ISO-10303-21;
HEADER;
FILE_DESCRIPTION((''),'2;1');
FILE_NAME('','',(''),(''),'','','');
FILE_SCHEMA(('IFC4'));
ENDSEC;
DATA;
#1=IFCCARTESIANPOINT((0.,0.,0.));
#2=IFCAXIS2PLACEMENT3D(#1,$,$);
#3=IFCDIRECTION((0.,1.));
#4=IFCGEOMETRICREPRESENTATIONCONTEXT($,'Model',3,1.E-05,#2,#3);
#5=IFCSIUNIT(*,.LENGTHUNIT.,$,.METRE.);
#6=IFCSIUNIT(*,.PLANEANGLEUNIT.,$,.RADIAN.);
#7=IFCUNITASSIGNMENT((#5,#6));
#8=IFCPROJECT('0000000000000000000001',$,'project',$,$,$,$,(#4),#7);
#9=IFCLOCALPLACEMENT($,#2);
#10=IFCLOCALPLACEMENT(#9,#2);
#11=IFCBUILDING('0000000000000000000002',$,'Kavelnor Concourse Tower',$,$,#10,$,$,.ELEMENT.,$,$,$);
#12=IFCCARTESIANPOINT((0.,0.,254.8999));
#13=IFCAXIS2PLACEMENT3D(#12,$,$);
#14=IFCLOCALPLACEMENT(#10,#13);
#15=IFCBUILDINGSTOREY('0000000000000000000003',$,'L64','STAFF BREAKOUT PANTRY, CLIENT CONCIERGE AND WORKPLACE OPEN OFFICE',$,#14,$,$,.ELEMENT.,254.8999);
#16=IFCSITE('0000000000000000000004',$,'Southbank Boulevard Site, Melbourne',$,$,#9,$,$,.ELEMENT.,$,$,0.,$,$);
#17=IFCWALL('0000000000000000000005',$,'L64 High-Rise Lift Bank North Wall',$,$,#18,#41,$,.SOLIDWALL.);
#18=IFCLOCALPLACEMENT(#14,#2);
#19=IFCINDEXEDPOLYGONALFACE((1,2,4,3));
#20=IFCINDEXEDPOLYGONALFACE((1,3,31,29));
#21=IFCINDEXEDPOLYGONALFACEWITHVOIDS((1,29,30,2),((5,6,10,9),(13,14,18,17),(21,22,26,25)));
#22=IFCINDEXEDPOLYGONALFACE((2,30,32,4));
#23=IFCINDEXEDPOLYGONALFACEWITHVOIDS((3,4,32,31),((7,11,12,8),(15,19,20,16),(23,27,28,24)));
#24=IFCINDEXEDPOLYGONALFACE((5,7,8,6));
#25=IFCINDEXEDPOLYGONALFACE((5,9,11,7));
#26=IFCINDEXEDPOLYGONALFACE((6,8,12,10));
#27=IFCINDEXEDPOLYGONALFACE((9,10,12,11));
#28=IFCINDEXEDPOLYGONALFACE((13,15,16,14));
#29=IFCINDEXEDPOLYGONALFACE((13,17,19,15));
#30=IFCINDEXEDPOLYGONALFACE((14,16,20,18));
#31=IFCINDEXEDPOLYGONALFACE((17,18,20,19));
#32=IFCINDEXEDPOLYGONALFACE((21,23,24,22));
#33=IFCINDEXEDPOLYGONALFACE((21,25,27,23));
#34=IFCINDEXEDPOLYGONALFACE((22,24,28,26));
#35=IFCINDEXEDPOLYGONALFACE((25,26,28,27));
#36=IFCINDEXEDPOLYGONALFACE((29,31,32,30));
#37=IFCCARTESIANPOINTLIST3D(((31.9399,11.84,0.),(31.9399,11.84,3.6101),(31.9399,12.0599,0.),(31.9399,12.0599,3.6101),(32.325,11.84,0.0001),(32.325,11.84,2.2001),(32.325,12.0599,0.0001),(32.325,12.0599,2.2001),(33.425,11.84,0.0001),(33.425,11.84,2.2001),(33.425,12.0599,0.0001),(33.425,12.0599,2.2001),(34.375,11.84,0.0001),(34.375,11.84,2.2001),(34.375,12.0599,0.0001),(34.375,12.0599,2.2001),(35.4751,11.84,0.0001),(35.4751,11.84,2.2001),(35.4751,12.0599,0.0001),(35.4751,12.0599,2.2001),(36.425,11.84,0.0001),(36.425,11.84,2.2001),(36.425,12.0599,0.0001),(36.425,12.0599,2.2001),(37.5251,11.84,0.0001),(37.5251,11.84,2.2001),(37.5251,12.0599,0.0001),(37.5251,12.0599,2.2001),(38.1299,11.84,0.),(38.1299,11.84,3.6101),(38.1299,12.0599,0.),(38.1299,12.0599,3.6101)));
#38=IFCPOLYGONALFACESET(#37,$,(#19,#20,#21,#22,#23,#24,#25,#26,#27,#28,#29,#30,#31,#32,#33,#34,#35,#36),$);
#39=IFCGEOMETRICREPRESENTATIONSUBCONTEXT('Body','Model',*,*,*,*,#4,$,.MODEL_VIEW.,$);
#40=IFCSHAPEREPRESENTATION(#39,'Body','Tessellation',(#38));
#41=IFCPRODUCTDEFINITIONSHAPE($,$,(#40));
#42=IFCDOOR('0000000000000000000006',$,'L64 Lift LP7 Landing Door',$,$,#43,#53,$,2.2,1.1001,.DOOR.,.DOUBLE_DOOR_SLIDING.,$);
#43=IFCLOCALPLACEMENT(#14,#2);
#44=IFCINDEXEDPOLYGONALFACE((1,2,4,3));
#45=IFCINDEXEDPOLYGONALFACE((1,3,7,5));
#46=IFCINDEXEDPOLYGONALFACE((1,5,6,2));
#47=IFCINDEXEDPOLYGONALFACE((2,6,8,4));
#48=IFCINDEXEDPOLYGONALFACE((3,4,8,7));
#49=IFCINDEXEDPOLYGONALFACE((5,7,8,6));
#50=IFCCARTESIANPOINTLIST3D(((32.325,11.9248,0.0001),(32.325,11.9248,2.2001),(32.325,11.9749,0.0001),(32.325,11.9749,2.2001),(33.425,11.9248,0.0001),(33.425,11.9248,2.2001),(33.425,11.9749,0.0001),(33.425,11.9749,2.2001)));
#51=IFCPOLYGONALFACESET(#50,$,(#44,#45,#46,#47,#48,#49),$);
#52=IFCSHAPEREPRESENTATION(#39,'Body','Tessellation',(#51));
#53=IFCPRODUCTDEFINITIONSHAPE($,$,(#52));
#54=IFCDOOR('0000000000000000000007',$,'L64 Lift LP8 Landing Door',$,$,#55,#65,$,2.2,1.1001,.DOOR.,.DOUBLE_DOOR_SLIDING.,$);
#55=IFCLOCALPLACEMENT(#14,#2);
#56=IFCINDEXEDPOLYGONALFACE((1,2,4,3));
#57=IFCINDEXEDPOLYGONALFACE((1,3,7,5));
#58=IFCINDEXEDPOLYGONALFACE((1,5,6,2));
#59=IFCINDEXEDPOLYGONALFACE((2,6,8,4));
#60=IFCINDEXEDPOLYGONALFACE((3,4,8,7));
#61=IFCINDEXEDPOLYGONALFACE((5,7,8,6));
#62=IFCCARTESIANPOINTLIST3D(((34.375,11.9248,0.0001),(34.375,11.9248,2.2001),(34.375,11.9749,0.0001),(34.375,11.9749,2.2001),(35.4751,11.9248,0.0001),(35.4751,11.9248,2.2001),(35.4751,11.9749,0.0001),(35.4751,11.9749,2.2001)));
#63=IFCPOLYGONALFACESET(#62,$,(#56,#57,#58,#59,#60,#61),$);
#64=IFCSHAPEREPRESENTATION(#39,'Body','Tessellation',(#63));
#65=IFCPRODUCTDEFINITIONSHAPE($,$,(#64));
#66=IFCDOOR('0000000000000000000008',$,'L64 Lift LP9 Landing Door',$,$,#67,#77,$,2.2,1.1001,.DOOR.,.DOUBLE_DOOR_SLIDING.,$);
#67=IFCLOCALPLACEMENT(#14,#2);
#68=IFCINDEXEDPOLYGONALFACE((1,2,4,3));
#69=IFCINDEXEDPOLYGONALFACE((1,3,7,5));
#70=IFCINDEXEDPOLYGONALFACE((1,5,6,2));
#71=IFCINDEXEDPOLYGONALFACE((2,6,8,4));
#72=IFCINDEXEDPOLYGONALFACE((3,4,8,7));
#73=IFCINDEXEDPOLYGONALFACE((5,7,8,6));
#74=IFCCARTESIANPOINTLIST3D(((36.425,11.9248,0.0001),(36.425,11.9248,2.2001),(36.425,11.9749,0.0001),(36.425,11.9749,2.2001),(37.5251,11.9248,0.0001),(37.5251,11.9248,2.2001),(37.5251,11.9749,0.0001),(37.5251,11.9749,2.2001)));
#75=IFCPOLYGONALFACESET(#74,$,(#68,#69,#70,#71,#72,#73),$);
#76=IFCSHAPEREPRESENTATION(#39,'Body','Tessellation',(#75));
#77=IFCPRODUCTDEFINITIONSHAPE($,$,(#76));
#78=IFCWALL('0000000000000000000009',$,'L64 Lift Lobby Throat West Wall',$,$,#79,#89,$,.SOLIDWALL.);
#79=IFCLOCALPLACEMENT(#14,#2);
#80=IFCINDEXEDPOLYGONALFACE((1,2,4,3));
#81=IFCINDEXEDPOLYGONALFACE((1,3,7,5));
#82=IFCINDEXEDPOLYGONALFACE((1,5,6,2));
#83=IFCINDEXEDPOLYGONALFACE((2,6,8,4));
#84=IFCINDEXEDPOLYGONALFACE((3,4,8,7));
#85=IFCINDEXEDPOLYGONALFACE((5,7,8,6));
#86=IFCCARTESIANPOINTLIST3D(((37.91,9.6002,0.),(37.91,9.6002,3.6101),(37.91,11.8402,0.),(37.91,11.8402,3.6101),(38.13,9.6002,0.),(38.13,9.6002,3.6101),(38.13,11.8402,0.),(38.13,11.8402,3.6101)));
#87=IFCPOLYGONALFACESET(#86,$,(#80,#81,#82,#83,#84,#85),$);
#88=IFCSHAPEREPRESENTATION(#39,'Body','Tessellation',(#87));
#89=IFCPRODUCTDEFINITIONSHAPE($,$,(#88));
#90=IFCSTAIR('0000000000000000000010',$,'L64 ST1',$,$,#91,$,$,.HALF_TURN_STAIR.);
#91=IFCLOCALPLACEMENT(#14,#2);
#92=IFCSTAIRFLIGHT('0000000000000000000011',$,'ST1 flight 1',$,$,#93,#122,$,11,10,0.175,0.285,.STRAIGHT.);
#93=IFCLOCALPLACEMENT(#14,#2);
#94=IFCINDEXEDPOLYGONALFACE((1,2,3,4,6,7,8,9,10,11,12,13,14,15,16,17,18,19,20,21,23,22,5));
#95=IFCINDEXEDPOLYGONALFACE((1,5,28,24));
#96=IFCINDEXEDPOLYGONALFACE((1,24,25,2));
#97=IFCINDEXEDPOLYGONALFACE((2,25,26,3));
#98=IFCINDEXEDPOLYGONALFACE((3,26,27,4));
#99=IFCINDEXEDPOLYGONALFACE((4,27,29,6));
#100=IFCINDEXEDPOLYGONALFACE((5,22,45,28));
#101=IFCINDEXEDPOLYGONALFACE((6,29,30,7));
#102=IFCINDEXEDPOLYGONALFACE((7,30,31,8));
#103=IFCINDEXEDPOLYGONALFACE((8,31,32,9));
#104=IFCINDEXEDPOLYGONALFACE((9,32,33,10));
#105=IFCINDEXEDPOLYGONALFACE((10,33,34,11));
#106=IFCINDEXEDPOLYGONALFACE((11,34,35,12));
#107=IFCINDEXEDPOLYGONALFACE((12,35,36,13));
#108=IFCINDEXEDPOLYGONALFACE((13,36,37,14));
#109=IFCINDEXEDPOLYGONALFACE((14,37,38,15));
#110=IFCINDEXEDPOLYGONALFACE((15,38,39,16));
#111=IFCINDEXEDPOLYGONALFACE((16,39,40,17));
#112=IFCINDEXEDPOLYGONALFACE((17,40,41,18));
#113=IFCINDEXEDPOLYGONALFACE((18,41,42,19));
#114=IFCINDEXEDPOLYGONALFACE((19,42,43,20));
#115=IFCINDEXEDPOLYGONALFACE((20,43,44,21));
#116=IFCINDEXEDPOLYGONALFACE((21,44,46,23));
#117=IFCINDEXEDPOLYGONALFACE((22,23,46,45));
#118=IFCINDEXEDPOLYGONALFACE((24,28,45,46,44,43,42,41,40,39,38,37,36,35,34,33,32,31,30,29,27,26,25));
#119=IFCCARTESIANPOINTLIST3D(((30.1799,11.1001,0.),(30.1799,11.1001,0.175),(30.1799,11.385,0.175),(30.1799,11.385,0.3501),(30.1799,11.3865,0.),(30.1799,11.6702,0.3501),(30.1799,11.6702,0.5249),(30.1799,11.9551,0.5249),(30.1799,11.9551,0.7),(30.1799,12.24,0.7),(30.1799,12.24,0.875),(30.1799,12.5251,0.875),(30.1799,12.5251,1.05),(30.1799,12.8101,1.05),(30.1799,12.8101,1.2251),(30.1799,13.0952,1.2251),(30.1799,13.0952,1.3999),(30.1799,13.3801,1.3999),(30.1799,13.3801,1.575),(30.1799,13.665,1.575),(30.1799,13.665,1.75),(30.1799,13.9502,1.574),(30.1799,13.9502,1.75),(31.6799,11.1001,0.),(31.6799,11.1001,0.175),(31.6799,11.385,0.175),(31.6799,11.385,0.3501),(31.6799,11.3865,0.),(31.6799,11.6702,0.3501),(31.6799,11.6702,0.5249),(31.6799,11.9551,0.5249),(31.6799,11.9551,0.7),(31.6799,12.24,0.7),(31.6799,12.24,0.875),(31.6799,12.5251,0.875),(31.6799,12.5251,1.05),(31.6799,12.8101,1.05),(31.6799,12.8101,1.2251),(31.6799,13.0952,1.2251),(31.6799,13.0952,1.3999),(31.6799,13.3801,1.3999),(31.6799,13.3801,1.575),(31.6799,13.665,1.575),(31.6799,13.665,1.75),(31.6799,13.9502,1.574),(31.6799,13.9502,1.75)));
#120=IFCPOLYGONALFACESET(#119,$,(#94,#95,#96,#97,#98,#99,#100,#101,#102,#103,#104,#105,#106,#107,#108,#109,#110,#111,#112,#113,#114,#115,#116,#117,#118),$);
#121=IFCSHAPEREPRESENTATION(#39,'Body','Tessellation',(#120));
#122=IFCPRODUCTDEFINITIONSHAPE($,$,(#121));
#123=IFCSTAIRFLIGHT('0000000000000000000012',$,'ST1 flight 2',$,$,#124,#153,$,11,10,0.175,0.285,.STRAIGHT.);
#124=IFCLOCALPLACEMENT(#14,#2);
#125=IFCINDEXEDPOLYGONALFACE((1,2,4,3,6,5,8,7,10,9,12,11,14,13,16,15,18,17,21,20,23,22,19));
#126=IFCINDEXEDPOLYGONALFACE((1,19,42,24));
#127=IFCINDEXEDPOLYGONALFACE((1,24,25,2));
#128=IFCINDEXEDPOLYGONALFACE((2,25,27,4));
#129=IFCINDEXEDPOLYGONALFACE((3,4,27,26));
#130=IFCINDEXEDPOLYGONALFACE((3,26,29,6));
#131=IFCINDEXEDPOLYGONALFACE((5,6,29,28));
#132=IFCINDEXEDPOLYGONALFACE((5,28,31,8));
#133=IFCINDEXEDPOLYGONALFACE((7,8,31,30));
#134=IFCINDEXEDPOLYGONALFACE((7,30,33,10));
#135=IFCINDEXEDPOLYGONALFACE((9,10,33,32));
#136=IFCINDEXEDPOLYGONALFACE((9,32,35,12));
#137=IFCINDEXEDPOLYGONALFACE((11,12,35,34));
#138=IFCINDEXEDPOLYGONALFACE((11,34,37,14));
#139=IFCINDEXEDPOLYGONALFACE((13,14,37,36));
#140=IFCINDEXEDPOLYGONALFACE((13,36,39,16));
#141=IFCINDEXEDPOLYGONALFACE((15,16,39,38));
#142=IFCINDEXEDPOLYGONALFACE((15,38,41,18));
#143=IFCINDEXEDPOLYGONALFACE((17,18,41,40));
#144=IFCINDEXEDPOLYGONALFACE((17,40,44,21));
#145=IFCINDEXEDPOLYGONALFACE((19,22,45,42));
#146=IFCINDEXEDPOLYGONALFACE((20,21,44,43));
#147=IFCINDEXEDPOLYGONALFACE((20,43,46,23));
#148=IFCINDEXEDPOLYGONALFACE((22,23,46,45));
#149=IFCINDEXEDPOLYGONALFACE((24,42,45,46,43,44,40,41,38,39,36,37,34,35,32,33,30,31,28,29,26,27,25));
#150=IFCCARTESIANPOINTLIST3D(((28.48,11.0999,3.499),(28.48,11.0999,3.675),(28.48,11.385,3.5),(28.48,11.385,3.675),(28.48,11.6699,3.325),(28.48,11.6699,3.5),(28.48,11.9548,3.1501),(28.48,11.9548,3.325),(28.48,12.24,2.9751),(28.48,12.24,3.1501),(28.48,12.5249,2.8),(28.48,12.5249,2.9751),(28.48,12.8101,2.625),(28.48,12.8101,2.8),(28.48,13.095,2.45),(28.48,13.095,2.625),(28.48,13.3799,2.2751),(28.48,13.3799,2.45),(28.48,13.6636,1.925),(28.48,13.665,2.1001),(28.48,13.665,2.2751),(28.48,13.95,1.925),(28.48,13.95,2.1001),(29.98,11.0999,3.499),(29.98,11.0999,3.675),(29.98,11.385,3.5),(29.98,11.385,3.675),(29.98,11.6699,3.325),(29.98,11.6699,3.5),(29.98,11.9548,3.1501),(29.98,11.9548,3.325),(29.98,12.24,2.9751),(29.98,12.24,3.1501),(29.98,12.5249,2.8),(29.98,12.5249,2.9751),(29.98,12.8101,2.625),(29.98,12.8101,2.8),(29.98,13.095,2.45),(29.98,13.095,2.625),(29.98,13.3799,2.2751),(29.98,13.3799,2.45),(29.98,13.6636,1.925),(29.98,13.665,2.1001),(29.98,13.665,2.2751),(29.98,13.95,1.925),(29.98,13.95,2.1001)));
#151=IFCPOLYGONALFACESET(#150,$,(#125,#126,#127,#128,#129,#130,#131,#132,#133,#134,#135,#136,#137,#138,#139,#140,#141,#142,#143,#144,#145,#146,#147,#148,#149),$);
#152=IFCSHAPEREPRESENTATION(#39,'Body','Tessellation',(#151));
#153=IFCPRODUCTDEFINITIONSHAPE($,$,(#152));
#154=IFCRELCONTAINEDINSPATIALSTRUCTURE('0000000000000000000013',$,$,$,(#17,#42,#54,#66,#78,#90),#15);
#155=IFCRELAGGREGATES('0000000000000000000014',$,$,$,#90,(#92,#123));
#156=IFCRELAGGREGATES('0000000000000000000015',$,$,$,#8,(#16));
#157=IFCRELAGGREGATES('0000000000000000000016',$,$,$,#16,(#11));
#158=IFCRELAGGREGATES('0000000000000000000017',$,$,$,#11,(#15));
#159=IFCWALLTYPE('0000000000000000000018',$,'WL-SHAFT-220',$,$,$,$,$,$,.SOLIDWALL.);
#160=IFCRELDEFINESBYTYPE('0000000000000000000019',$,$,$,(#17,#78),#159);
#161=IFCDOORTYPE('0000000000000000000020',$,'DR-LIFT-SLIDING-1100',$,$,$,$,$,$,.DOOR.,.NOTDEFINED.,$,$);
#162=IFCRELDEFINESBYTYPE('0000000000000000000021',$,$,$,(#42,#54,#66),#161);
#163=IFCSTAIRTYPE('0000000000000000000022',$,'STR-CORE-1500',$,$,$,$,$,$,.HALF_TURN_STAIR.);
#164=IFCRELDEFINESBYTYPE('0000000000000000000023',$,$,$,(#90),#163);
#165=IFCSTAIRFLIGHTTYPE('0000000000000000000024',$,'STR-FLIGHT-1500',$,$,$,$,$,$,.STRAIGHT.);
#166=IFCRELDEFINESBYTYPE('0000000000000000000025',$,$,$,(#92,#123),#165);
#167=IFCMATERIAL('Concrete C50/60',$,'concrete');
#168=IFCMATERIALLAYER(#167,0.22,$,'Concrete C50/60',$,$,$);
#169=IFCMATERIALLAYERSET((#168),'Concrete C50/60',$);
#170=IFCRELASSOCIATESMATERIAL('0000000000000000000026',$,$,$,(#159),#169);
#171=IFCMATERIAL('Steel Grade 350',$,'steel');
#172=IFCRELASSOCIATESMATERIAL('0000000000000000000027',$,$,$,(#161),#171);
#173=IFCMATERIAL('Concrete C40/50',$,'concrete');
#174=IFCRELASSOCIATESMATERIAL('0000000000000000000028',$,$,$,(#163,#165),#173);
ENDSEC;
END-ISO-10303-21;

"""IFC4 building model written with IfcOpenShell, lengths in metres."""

from ifc_helpers import new_model, si_unit, direction, frame, frame_2d, origin, place, context, subcontext, project, spatial, polyline, rectangle, outline, extrude, material, layer, layer_set, type_object, element, fill, aggregate, save


model = new_model("IFC4")

# Units and contexts
model_context = context("Model", 3, precision=1e-05, world=origin(), true_north=direction((0.0, 1.0)))
body_context = subcontext(model_context, "Body", "Model", "MODEL_VIEW")
ifc_project = project(units=[si_unit("LENGTHUNIT", "METRE"), si_unit("PLANEANGLEUNIT", "RADIAN")], contexts=[model_context])

# Site, building, storey
site_placement = place(None, origin())
site = spatial("IfcSite", under=ifc_project, at=site_placement, Name="Southbank Boulevard Site, Melbourne", CompositionType="ELEMENT", RefElevation=0.0)
building_placement = place(site_placement, origin())
building = spatial("IfcBuilding", under=site, at=building_placement, Name="Kavelnor Concourse Tower", CompositionType="ELEMENT")
storey_placement = place(building_placement, frame((0.0, 0.0, 254.8999)))
storey = spatial("IfcBuildingStorey", under=building, at=storey_placement, Name="L64", Description="STAFF BREAKOUT PANTRY, CLIENT CONCIERGE AND WORKPLACE OPEN OFFICE", CompositionType="ELEMENT", Elevation=254.8999)

# Shared definitions
ifc_material_1 = material(Name="Steel Grade 350", Category="steel")

# Shared definitions
ifc_material_2 = material(Name="Concrete C50/60", Category="concrete")
ifc_layer_1 = layer(ifc_material_2, 0.22, Name="Concrete C50/60")
ifc_layer_set_1 = layer_set([ifc_layer_1], Name="Concrete C50/60")
wall_type_1 = type_object("IfcWallType", Name="WL-SHAFT-220", PredefinedType="SOLIDWALL", material=ifc_layer_set_1)

# Wall, openings, doors
wall_1_placement = place(storey_placement, frame((31.9399, 11.95, 0.0), z_axis=(0.0, 0.0, 1.0), x_axis=(1.0, 0.0, 0.0)))
wall_1 = element("IfcWall", 1, at=wall_1_placement, inside=storey, type_object=wall_type_1, Name="L64 High-Rise Lift Bank North Wall", PredefinedType="SOLIDWALL", context=body_context, shape_type="SweptSolid", body=[
    extrude(rectangle(XDim=6.1899, YDim=0.22, at=frame_2d((3.095, 0.0))), origin(), (0.0, 0.0, 1.0), 3.6101),
])
opening_1_placement = place(wall_1_placement, frame((0.385, 0.0, 0.0)))
opening_1 = element("IfcOpeningElement", 2, at=opening_1_placement, cuts=wall_1, PredefinedType="OPENING", context=body_context, shape_type="SweptSolid", body=[
    extrude(rectangle(XDim=1.1001, YDim=2.2, at=frame_2d((0.55, 1.1001))), frame((0.0, 0.1201, 0.0), z_axis=(0.0, -1.0, 0.0), x_axis=(1.0, 0.0, 0.0)), (0.0, 0.0, 1.0), 0.24),
])
opening_2_placement = place(wall_1_placement, frame((2.4351, 0.0, 0.0)))
opening_2 = element("IfcOpeningElement", 3, at=opening_2_placement, cuts=wall_1, PredefinedType="OPENING", context=body_context, shape_type="SweptSolid", body=[
    extrude(rectangle(XDim=1.1001, YDim=2.2, at=frame_2d((0.55, 1.1001))), frame((0.0, 0.1201, 0.0), z_axis=(0.0, -1.0, 0.0), x_axis=(1.0, 0.0, 0.0)), (0.0, 0.0, 1.0), 0.24),
])
opening_3_placement = place(wall_1_placement, frame((4.4851, 0.0, 0.0)))
opening_3 = element("IfcOpeningElement", 4, at=opening_3_placement, cuts=wall_1, PredefinedType="OPENING", context=body_context, shape_type="SweptSolid", body=[
    extrude(rectangle(XDim=1.1001, YDim=2.2, at=frame_2d((0.55, 1.1001))), frame((0.0, 0.1201, 0.0), z_axis=(0.0, -1.0, 0.0), x_axis=(1.0, 0.0, 0.0)), (0.0, 0.0, 1.0), 0.24),
])
door_type_1 = type_object("IfcDoorType", Name="DR-LIFT-SLIDING-1100", OperationType="NOTDEFINED", PredefinedType="DOOR", material=ifc_material_1)
door_1_placement = place(opening_1_placement, origin())
door_1 = element("IfcDoor", 5, at=door_1_placement, inside=storey, type_object=door_type_1, Name="L64 Lift LP7 Landing Door", OperationType="DOUBLE_DOOR_SLIDING", OverallHeight=2.2, OverallWidth=1.1001, PredefinedType="DOOR", context=body_context, shape_type="SweptSolid", body=[
    extrude(rectangle(XDim=1.1001, YDim=2.2, at=frame_2d((0.55, 1.1001))), frame((0.0, 0.0249, 0.0), z_axis=(0.0, -1.0, 0.0), x_axis=(1.0, 0.0, 0.0)), (0.0, 0.0, 1.0), 0.05),
])
fill(opening_1, door_1)
door_2_placement = place(opening_2_placement, origin())
door_2 = element("IfcDoor", 6, at=door_2_placement, inside=storey, type_object=door_type_1, Name="L64 Lift LP8 Landing Door", OperationType="DOUBLE_DOOR_SLIDING", OverallHeight=2.2, OverallWidth=1.1001, PredefinedType="DOOR", context=body_context, shape_type="SweptSolid", body=[
    extrude(rectangle(XDim=1.1001, YDim=2.2, at=frame_2d((0.55, 1.1001))), frame((0.0, 0.0249, 0.0), z_axis=(0.0, -1.0, 0.0), x_axis=(1.0, 0.0, 0.0)), (0.0, 0.0, 1.0), 0.05),
])
fill(opening_2, door_2)
door_3_placement = place(opening_3_placement, origin())
door_3 = element("IfcDoor", 7, at=door_3_placement, inside=storey, type_object=door_type_1, Name="L64 Lift LP9 Landing Door", OperationType="DOUBLE_DOOR_SLIDING", OverallHeight=2.2, OverallWidth=1.1001, PredefinedType="DOOR", context=body_context, shape_type="SweptSolid", body=[
    extrude(rectangle(XDim=1.1001, YDim=2.2, at=frame_2d((0.55, 1.1001))), frame((0.0, 0.0249, 0.0), z_axis=(0.0, -1.0, 0.0), x_axis=(1.0, 0.0, 0.0)), (0.0, 0.0, 1.0), 0.05),
])
fill(opening_3, door_3)

# Wall
wall_2_placement = place(storey_placement, frame((38.02, 9.6001, 0.0), z_axis=(0.0, 0.0, 1.0), x_axis=(0.0, 1.0, 0.0)))
element("IfcWall", 8, at=wall_2_placement, inside=storey, type_object=wall_type_1, Name="L64 Lift Lobby Throat West Wall", PredefinedType="SOLIDWALL", context=body_context, shape_type="SweptSolid", body=[
    extrude(rectangle(XDim=2.24, YDim=0.22, at=frame_2d((1.1201, 0.0))), origin(), (0.0, 0.0, 1.0), 3.6101),
])

# Stair, stair flights
ifc_material_3 = material(Name="Concrete C40/50", Category="concrete")
stair_type = type_object("IfcStairType", Name="STR-CORE-1500", PredefinedType="HALF_TURN_STAIR", material=ifc_material_3)
stair_placement = place(storey_placement, origin())
stair = element("IfcStair", 9, at=stair_placement, inside=storey, type_object=stair_type, Name="L64 ST1", PredefinedType="HALF_TURN_STAIR")
stair_flight_type = type_object("IfcStairFlightType", Name="STR-FLIGHT-1500", PredefinedType="STRAIGHT", material=ifc_material_3)
stair_flight_1_placement = place(storey_placement, frame((30.9299, 11.1001, 0.0), z_axis=(0.0, 0.0, 1.0), x_axis=(0.0, 1.0, 0.0)))
stair_flight_1 = element("IfcStairFlight", 10, at=stair_flight_1_placement, type_object=stair_flight_type, Name="ST1 flight 1", NumberOfRisers=11, NumberOfTreads=10, PredefinedType="STRAIGHT", RiserHeight=0.175, TreadLength=0.285, context=body_context, shape_type="SweptSolid", body=[
    extrude(outline(polyline([(0.0, 0.0), (0.0, 0.175), (0.2849, 0.175), (0.2849, 0.3501), (0.5701, 0.3501), (0.5701, 0.5249), (0.855, 0.5249), (0.855, 0.7), (1.1399, 0.7), (1.1399, 0.875), (1.425, 0.875), (1.425, 1.05), (1.71, 1.05), (1.71, 1.2251), (1.9951, 1.2251), (1.9951, 1.3999), (2.28, 1.3999), (2.28, 1.575), (2.5649, 1.575), (2.5649, 1.75), (2.8501, 1.75), (2.8501, 1.925), (2.8501, 1.574), (0.2864, 0.0), (0.0, 0.0)])), frame((0.0, 0.75, 0.0), z_axis=(0.0, -1.0, 0.0), x_axis=(1.0, 0.0, 0.0)), (0.0, 0.0, 1.0), 1.5),
])
stair_flight_2_placement = place(storey_placement, frame((29.23, 13.95, 1.925), z_axis=(0.0, 0.0, 1.0), x_axis=(0.0, -1.0, 0.0)))
stair_flight_2 = element("IfcStairFlight", 11, at=stair_flight_2_placement, type_object=stair_flight_type, Name="ST1 flight 2", NumberOfRisers=11, NumberOfTreads=10, PredefinedType="STRAIGHT", RiserHeight=0.175, TreadLength=0.285, context=body_context, shape_type="SweptSolid", body=[
    extrude(outline(polyline([(0.0, 0.0), (0.0, 0.175), (0.2849, 0.175), (0.2849, 0.3501), (0.5701, 0.3501), (0.5701, 0.5249), (0.855, 0.5249), (0.855, 0.7), (1.1399, 0.7), (1.1399, 0.875), (1.425, 0.875), (1.425, 1.05), (1.71, 1.05), (1.71, 1.2251), (1.9951, 1.2251), (1.9951, 1.3999), (2.28, 1.3999), (2.28, 1.575), (2.5649, 1.575), (2.5649, 1.75), (2.8501, 1.75), (2.8501, 1.925), (2.8501, 1.574), (0.2864, 0.0), (0.0, 0.0)])), frame((0.0, 0.75, 0.0), z_axis=(0.0, -1.0, 0.0), x_axis=(1.0, 0.0, 0.0)), (0.0, 0.0, 1.0), 1.5),
])
aggregate(stair, [stair_flight_1, stair_flight_2])

save(model, "model.ifc")
